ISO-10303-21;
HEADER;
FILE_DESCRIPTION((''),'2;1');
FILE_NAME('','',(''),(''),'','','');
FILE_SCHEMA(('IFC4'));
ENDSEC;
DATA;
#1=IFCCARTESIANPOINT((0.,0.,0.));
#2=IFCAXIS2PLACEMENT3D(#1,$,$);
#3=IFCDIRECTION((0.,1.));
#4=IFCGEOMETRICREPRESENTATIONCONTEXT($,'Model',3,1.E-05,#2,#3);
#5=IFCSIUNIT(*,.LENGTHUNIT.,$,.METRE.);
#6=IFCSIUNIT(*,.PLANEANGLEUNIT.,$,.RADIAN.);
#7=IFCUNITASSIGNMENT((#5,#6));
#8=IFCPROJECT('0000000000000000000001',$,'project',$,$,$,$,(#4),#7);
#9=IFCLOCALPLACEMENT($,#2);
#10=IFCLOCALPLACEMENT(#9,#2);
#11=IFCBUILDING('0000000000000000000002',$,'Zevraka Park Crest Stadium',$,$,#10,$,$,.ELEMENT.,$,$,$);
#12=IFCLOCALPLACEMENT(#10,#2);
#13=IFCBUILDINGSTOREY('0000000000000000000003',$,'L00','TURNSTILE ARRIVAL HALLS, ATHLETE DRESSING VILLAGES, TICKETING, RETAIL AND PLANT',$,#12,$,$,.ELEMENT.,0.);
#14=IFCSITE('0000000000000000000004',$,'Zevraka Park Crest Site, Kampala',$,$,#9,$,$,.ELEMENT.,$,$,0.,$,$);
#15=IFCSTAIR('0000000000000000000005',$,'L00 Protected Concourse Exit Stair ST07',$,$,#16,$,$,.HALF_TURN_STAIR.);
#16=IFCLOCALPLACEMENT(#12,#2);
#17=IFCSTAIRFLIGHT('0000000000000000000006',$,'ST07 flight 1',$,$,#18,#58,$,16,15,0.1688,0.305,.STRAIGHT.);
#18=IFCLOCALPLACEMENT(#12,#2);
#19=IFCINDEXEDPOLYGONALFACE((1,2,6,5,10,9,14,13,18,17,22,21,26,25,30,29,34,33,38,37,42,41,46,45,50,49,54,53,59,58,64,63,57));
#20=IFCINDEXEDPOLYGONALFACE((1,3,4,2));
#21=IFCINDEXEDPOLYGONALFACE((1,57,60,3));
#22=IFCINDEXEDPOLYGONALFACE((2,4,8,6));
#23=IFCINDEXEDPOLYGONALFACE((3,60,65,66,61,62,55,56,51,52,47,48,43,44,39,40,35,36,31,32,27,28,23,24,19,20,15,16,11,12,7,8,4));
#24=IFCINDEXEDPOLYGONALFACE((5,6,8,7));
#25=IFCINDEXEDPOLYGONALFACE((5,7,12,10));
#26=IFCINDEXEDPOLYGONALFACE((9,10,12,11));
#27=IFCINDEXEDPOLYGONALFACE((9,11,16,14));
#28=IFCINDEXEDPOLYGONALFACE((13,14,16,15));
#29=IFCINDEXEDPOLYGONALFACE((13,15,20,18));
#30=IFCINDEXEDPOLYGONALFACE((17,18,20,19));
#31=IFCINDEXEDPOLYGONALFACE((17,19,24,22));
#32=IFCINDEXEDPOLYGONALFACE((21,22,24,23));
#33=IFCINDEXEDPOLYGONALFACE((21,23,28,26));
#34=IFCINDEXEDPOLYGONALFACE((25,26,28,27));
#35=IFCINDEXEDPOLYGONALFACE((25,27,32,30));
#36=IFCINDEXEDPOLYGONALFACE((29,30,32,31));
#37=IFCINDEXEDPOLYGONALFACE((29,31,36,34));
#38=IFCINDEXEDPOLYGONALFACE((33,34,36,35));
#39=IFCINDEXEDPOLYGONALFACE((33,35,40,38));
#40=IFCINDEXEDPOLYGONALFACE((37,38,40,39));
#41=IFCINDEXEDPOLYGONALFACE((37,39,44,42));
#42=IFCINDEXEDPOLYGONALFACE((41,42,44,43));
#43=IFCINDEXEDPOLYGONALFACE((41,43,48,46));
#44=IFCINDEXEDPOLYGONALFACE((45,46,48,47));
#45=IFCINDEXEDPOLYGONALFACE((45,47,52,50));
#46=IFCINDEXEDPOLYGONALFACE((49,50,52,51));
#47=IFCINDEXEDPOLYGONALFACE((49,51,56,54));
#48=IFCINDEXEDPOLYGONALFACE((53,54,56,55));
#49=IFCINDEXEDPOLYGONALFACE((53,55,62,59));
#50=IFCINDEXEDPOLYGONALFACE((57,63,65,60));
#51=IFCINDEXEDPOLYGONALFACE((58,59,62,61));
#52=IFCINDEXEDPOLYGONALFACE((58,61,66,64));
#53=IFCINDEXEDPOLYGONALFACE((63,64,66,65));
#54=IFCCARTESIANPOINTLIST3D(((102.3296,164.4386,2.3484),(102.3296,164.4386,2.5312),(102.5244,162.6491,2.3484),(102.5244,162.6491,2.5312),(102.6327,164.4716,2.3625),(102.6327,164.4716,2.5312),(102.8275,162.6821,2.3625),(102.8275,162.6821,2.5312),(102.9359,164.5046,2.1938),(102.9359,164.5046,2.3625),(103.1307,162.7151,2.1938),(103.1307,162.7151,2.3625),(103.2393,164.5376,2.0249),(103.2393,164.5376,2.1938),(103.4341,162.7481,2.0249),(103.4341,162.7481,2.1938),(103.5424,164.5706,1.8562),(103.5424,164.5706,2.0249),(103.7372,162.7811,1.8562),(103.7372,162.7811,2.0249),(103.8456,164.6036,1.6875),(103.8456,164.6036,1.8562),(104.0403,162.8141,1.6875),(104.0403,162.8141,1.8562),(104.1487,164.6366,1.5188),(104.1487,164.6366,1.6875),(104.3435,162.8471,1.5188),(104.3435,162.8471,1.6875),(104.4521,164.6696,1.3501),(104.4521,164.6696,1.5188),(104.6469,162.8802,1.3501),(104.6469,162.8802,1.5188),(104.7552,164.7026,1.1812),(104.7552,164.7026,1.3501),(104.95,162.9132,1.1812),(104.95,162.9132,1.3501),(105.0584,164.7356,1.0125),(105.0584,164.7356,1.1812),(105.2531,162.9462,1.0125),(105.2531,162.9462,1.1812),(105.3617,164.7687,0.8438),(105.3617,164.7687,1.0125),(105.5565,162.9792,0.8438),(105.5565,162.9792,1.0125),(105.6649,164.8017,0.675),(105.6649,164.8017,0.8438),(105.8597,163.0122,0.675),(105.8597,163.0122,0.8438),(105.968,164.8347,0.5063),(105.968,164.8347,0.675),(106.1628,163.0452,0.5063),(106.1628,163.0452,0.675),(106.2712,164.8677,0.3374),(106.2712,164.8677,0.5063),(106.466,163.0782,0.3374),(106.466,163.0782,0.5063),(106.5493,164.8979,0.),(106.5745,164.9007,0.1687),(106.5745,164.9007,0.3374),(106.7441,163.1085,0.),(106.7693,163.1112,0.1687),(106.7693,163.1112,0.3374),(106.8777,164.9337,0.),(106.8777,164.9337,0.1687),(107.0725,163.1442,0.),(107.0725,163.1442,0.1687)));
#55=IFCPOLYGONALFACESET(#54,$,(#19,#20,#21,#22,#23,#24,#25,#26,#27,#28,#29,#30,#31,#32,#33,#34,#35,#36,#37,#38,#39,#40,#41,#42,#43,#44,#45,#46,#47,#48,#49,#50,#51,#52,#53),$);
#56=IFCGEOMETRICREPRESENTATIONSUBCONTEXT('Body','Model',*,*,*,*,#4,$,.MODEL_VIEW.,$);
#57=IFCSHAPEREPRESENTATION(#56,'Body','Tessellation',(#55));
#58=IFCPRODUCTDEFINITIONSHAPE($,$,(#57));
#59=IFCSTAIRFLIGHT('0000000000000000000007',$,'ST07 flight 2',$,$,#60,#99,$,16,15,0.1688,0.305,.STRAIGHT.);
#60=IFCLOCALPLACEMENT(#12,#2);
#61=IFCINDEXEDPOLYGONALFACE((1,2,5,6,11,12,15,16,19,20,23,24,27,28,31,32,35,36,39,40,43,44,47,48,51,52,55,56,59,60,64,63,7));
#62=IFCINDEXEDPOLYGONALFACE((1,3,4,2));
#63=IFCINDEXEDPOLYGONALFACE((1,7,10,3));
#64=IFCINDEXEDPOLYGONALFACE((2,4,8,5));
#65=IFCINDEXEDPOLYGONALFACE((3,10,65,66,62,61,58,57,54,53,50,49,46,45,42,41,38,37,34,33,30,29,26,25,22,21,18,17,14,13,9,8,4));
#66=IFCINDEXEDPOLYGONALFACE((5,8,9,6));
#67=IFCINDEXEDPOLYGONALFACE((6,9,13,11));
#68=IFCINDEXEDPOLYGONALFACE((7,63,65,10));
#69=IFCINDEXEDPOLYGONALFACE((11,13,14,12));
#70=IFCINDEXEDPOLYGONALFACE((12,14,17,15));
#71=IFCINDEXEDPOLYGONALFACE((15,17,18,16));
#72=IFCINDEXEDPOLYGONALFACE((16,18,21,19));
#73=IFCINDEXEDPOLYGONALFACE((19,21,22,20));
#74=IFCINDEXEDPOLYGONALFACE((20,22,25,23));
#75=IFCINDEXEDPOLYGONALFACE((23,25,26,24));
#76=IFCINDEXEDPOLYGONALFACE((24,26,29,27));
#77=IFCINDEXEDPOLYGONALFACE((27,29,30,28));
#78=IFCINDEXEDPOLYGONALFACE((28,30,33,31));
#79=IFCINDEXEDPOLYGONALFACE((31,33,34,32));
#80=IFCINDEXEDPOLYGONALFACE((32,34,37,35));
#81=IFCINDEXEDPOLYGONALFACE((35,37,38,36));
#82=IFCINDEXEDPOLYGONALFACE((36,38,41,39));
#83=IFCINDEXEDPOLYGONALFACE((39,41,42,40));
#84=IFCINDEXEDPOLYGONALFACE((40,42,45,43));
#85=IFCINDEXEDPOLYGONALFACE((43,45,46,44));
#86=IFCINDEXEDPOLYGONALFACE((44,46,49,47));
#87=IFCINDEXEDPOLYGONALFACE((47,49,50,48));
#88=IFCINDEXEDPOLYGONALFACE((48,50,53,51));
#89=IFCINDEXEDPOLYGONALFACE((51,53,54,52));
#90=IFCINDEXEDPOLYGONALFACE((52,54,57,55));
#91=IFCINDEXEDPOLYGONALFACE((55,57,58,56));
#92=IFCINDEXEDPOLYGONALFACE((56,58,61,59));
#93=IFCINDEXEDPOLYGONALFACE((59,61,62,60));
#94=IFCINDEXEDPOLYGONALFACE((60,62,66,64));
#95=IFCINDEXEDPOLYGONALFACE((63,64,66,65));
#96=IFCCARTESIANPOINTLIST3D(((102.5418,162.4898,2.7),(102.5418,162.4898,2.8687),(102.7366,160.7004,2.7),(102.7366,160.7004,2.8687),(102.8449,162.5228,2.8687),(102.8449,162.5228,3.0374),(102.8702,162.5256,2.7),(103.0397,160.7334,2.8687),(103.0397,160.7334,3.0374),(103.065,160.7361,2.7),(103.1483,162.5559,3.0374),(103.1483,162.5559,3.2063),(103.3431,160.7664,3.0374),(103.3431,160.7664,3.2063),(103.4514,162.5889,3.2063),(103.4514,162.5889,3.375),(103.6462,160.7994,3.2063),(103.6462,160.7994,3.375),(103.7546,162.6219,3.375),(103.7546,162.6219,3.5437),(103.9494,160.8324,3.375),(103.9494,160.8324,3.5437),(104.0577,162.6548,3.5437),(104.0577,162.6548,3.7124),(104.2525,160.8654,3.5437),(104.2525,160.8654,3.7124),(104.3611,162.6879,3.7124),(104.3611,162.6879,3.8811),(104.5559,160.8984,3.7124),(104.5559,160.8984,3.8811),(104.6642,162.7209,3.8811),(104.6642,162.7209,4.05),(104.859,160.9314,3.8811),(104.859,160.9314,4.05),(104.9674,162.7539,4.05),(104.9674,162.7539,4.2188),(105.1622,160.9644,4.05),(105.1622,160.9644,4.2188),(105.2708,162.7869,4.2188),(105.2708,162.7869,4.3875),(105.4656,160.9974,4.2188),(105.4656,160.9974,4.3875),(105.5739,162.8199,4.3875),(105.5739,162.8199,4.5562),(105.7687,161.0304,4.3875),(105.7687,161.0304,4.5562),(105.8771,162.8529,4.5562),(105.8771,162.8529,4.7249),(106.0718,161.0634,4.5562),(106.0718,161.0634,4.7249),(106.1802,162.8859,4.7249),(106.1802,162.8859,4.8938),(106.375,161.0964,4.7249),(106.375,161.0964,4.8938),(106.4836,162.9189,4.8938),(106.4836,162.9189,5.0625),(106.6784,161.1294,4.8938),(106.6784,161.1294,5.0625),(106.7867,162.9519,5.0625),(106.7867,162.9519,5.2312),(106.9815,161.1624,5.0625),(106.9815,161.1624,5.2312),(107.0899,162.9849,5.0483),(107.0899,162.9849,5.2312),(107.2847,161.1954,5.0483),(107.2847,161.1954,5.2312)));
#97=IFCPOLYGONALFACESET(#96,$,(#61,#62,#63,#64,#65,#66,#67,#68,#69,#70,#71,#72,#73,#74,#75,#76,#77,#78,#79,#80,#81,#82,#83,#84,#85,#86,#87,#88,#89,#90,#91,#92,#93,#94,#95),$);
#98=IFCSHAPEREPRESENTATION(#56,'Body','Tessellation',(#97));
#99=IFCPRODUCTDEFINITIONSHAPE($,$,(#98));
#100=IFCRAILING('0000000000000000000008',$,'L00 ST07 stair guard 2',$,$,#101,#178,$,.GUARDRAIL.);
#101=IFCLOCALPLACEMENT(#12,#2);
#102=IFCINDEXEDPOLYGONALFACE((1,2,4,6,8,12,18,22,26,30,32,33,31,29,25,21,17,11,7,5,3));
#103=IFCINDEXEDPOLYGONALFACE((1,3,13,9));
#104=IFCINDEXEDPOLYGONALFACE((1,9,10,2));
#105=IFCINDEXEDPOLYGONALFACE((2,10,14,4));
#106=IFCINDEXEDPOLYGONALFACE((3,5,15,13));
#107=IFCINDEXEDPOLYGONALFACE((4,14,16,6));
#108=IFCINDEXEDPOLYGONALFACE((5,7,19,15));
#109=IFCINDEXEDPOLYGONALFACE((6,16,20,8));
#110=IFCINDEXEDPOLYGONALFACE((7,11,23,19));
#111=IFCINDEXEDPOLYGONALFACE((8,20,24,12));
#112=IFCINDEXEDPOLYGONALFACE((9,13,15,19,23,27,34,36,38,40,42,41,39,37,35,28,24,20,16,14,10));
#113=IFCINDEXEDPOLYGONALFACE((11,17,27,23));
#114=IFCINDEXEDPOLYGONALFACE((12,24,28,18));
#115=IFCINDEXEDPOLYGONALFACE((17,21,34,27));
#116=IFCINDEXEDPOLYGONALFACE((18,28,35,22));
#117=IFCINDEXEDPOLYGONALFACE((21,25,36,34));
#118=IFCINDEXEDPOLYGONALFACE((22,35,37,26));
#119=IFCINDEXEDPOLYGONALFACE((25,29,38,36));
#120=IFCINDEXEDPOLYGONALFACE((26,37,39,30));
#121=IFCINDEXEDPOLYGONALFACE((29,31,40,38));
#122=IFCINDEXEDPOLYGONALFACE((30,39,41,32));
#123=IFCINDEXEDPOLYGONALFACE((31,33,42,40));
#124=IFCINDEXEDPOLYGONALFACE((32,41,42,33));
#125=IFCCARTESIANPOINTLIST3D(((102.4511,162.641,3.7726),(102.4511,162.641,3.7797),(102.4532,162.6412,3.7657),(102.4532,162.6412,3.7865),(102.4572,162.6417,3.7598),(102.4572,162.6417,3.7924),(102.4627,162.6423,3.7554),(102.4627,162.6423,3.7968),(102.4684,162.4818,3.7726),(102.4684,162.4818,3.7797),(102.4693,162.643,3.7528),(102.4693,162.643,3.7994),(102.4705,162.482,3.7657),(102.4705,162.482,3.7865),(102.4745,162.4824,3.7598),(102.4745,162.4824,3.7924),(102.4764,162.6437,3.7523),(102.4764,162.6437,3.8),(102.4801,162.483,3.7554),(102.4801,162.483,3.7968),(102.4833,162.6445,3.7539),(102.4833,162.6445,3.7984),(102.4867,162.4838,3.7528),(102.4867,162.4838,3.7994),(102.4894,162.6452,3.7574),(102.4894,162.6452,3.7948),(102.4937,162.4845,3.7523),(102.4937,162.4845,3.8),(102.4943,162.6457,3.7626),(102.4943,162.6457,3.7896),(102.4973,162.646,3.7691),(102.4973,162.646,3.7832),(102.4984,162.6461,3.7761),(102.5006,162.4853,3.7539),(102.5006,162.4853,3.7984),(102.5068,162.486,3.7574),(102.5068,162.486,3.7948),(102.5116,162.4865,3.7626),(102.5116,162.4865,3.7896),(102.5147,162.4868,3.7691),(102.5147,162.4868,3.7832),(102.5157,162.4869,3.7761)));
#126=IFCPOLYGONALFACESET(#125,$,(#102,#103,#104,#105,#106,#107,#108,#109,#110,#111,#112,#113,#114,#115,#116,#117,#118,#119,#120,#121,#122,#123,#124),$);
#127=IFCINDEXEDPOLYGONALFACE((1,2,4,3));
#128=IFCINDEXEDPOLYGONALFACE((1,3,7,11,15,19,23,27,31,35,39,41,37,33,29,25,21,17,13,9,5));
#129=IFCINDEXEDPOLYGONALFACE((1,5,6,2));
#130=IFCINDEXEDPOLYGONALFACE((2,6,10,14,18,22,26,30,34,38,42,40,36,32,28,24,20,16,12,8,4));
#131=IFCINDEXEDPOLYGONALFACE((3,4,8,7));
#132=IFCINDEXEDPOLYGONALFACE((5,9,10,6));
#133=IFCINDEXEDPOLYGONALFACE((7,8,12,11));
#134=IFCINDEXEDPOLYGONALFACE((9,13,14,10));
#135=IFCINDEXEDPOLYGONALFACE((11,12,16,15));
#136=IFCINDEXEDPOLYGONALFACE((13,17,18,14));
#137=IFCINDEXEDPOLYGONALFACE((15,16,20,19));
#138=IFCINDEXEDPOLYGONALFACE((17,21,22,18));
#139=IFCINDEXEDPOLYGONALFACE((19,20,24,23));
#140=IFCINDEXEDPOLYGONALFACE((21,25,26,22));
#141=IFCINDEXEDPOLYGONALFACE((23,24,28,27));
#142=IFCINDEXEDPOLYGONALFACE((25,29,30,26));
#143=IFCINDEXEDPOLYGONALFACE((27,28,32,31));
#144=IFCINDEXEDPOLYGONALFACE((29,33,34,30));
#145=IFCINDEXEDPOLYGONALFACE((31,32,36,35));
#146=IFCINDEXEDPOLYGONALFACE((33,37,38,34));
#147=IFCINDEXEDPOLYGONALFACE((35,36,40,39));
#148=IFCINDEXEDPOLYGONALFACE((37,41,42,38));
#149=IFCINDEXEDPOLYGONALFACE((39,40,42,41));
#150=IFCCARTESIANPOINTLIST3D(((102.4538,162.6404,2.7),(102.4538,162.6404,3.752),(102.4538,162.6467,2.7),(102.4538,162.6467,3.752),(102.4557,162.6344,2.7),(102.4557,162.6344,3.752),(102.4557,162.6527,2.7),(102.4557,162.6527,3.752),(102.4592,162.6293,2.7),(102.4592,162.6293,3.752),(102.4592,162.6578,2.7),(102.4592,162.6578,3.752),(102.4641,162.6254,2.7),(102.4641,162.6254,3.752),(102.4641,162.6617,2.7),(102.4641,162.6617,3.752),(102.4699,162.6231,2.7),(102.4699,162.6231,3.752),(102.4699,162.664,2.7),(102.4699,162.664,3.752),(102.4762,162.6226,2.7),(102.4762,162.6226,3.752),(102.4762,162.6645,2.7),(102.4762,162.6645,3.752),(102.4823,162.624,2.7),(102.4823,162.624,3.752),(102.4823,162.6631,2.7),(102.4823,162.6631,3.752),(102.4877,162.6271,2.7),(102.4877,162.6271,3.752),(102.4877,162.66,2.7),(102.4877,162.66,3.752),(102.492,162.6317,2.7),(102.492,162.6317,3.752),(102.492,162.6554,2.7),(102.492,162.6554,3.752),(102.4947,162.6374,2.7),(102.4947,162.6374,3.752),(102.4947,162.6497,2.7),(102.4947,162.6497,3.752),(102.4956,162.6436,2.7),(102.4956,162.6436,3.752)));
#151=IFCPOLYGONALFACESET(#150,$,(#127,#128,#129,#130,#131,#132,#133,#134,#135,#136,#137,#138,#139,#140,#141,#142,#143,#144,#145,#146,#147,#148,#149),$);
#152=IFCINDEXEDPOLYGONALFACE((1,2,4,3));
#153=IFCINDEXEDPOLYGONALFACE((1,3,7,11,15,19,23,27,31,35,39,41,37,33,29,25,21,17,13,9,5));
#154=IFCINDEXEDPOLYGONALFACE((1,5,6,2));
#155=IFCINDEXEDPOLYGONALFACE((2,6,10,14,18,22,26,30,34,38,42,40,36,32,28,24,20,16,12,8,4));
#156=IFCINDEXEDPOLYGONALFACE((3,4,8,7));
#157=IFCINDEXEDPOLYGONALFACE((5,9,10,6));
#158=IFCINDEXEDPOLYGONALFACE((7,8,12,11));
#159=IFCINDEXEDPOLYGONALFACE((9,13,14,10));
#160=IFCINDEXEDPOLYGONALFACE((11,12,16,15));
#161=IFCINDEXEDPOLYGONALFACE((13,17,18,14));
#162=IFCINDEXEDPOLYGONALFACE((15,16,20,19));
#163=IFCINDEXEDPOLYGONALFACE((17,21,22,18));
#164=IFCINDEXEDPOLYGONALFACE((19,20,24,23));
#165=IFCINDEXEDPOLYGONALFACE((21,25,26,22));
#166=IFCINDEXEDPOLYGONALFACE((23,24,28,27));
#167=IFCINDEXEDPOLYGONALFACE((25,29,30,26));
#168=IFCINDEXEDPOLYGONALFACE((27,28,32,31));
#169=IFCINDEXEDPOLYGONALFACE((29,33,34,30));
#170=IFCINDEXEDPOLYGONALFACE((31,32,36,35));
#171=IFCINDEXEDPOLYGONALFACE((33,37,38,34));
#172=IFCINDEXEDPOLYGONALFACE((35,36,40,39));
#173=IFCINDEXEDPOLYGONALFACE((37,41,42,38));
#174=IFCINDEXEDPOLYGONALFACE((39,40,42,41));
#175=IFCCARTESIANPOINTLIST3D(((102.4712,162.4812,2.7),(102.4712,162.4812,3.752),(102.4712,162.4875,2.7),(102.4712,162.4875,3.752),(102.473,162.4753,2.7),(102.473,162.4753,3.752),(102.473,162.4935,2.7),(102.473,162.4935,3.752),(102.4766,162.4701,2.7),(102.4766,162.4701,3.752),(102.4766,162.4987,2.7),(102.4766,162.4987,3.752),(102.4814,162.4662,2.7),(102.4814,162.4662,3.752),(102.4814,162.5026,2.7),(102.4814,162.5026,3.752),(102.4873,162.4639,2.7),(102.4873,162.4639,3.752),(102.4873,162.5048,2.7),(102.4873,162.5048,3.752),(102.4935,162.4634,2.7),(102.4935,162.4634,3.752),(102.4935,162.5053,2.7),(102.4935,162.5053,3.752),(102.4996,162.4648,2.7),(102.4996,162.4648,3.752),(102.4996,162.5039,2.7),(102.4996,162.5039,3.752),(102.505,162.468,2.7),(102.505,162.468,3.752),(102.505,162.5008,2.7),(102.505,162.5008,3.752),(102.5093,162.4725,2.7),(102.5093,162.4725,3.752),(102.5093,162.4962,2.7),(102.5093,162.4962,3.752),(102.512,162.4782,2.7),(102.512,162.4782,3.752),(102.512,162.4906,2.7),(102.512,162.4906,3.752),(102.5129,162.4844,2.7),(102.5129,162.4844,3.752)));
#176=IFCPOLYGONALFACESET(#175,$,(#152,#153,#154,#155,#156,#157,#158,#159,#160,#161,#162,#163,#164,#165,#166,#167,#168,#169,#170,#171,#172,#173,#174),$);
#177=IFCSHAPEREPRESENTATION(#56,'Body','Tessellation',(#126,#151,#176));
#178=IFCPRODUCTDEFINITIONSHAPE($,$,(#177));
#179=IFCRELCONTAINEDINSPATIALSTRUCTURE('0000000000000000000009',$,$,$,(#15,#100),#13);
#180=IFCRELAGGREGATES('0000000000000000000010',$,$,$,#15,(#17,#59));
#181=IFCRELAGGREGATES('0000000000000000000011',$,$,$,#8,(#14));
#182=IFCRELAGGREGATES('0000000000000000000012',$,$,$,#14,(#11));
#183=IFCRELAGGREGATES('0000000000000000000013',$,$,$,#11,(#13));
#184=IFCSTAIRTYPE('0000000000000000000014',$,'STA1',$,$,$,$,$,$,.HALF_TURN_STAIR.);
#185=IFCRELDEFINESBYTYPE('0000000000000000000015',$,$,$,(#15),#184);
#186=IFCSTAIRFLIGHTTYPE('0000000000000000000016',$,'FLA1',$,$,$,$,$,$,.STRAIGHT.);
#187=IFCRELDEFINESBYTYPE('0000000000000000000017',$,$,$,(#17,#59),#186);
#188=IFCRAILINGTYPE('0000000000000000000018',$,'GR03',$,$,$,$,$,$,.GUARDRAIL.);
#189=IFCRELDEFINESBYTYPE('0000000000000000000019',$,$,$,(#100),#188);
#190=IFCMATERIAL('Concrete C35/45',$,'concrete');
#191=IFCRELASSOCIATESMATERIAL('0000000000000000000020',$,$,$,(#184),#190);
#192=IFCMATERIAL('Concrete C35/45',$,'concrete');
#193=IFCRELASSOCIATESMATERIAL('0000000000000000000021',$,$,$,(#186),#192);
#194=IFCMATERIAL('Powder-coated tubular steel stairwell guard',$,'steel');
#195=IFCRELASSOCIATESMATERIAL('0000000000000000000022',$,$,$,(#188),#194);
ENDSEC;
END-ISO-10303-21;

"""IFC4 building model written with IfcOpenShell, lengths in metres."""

from ifc_helpers import new_model, si_unit, direction, frame, origin, origin_2d, place, context, subcontext, project, spatial, polyline, circle, outline, extrude, material, type_object, element, aggregate, save


model = new_model("IFC4")

# Units and contexts
model_context = context("Model", 3, precision=1e-05, world=origin(), true_north=direction((0.0, 1.0)))
body_context = subcontext(model_context, "Body", "Model", "MODEL_VIEW")
ifc_project = project(units=[si_unit("LENGTHUNIT", "METRE"), si_unit("PLANEANGLEUNIT", "RADIAN")], contexts=[model_context])

# Site, building, storey
site_placement = place(None, origin())
site = spatial("IfcSite", under=ifc_project, at=site_placement, Name="Zevraka Park Crest Site, Kampala", CompositionType="ELEMENT", RefElevation=0.0)
building_placement = place(site_placement, origin())
building = spatial("IfcBuilding", under=site, at=building_placement, Name="Zevraka Park Crest Stadium", CompositionType="ELEMENT")
storey_placement = place(building_placement, origin())
storey = spatial("IfcBuildingStorey", under=building, at=storey_placement, Name="L00", Description="TURNSTILE ARRIVAL HALLS, ATHLETE DRESSING VILLAGES, TICKETING, RETAIL AND PLANT", CompositionType="ELEMENT", Elevation=0.0)

# Stair, stair flights
ifc_material_1 = material(Name="Concrete C35/45", Category="concrete")
stair_type = type_object("IfcStairType", Name="STA1", PredefinedType="HALF_TURN_STAIR", material=ifc_material_1)
stair_placement = place(storey_placement, origin())
stair = element("IfcStair", 1, at=stair_placement, inside=storey, type_object=stair_type, Name="L00 Protected Concourse Exit Stair ST07", PredefinedType="HALF_TURN_STAIR")
ifc_material_2 = material(Name="Concrete C35/45", Category="concrete")
stair_flight_type = type_object("IfcStairFlightType", Name="FLA1", PredefinedType="STRAIGHT", material=ifc_material_2)
stair_flight_1_placement = place(storey_placement, frame((106.9751, 164.0388, 0.0), z_axis=(0.0, 0.0, 1.0), x_axis=(-0.994128, -0.108215, 0.0)))
stair_flight_1 = element("IfcStairFlight", 2, at=stair_flight_1_placement, type_object=stair_flight_type, Name="ST07 flight 1", NumberOfRisers=16, NumberOfTreads=15, PredefinedType="STRAIGHT", RiserHeight=0.1688, TreadLength=0.305, context=body_context, shape_type="SweptSolid", body=[
    extrude(outline(polyline([(0.0, 0.0), (0.0, 0.1687), (0.3049, 0.1687), (0.3049, 0.3374), (0.6101, 0.3374), (0.6101, 0.5063), (0.915, 0.5063), (0.915, 0.675), (1.22, 0.675), (1.22, 0.8438), (1.5249, 0.8438), (1.5249, 1.0125), (1.8301, 1.0125), (1.8301, 1.1812), (2.135, 1.1812), (2.135, 1.3501), (2.4399, 1.3501), (2.4399, 1.5188), (2.7451, 1.5188), (2.7451, 1.6875), (3.05, 1.6875), (3.05, 1.8562), (3.355, 1.8562), (3.355, 2.0249), (3.6599, 2.0249), (3.6599, 2.1938), (3.9651, 2.1938), (3.9651, 2.3625), (4.27, 2.3625), (4.27, 2.5312), (4.575, 2.5312), (4.575, 2.7), (4.575, 2.3484), (0.3303, 0.0), (0.0, 0.0)])), frame((0.0, 0.8999, 0.0), z_axis=(0.0, -1.0, 0.0), x_axis=(1.0, 0.0, 0.0)), (0.0, 0.0, 1.0), 1.8),
])
stair_flight_2_placement = place(storey_placement, frame((102.6392, 161.5952, 2.7), z_axis=(0.0, 0.0, 1.0), x_axis=(0.994128, 0.108215, 0.0)))
stair_flight_2 = element("IfcStairFlight", 3, at=stair_flight_2_placement, type_object=stair_flight_type, Name="ST07 flight 2", NumberOfRisers=16, NumberOfTreads=15, PredefinedType="STRAIGHT", RiserHeight=0.1688, TreadLength=0.305, context=body_context, shape_type="SweptSolid", body=[
    extrude(outline(polyline([(0.0, 0.0), (0.0, 0.1687), (0.3049, 0.1687), (0.3049, 0.3374), (0.6101, 0.3374), (0.6101, 0.5063), (0.915, 0.5063), (0.915, 0.675), (1.22, 0.675), (1.22, 0.8438), (1.5249, 0.8438), (1.5249, 1.0125), (1.8301, 1.0125), (1.8301, 1.1812), (2.135, 1.1812), (2.135, 1.3501), (2.4399, 1.3501), (2.4399, 1.5188), (2.7451, 1.5188), (2.7451, 1.6875), (3.05, 1.6875), (3.05, 1.8562), (3.355, 1.8562), (3.355, 2.0249), (3.6599, 2.0249), (3.6599, 2.1938), (3.9651, 2.1938), (3.9651, 2.3625), (4.27, 2.3625), (4.27, 2.5312), (4.575, 2.5312), (4.575, 2.7), (4.575, 2.3484), (0.3303, 0.0), (0.0, 0.0)])), frame((0.0, 0.8999, 0.0), z_axis=(0.0, -1.0, 0.0), x_axis=(1.0, 0.0, 0.0)), (0.0, 0.0, 1.0), 1.8),
])
aggregate(stair, [stair_flight_1, stair_flight_2])

# Railing
ifc_material_3 = material(Name="Powder-coated tubular steel stairwell guard", Category="steel")
railing_type_1 = type_object("IfcRailingType", Name="GR03", PredefinedType="GUARDRAIL", material=ifc_material_3)
railing_1_placement = place(storey_placement, frame((102.4746, 162.6436, 2.7)))
element("IfcRailing", 4, at=railing_1_placement, inside=storey, type_object=railing_type_1, Name="L00 ST07 stair guard 2", PredefinedType="GUARDRAIL", context=body_context, shape_type="SweptSolid", body=[
    extrude(circle(Radius=0.0239, at=origin_2d()), frame((0.0, 0.0, 1.0762), z_axis=(0.108256, -0.994123, 0.0), x_axis=(0.994123, 0.108256, 0.0)), (0.0, 0.0, 1.0), 0.1602),
    extrude(circle(Radius=0.021, at=origin_2d()), origin(), (0.0, 0.0, 1.0), 1.052),
    extrude(circle(Radius=0.021, at=origin_2d()), frame((0.0173, -0.1592, 0.0)), (0.0, 0.0, 1.0), 1.052),
])

save(model, "model.ifc")
